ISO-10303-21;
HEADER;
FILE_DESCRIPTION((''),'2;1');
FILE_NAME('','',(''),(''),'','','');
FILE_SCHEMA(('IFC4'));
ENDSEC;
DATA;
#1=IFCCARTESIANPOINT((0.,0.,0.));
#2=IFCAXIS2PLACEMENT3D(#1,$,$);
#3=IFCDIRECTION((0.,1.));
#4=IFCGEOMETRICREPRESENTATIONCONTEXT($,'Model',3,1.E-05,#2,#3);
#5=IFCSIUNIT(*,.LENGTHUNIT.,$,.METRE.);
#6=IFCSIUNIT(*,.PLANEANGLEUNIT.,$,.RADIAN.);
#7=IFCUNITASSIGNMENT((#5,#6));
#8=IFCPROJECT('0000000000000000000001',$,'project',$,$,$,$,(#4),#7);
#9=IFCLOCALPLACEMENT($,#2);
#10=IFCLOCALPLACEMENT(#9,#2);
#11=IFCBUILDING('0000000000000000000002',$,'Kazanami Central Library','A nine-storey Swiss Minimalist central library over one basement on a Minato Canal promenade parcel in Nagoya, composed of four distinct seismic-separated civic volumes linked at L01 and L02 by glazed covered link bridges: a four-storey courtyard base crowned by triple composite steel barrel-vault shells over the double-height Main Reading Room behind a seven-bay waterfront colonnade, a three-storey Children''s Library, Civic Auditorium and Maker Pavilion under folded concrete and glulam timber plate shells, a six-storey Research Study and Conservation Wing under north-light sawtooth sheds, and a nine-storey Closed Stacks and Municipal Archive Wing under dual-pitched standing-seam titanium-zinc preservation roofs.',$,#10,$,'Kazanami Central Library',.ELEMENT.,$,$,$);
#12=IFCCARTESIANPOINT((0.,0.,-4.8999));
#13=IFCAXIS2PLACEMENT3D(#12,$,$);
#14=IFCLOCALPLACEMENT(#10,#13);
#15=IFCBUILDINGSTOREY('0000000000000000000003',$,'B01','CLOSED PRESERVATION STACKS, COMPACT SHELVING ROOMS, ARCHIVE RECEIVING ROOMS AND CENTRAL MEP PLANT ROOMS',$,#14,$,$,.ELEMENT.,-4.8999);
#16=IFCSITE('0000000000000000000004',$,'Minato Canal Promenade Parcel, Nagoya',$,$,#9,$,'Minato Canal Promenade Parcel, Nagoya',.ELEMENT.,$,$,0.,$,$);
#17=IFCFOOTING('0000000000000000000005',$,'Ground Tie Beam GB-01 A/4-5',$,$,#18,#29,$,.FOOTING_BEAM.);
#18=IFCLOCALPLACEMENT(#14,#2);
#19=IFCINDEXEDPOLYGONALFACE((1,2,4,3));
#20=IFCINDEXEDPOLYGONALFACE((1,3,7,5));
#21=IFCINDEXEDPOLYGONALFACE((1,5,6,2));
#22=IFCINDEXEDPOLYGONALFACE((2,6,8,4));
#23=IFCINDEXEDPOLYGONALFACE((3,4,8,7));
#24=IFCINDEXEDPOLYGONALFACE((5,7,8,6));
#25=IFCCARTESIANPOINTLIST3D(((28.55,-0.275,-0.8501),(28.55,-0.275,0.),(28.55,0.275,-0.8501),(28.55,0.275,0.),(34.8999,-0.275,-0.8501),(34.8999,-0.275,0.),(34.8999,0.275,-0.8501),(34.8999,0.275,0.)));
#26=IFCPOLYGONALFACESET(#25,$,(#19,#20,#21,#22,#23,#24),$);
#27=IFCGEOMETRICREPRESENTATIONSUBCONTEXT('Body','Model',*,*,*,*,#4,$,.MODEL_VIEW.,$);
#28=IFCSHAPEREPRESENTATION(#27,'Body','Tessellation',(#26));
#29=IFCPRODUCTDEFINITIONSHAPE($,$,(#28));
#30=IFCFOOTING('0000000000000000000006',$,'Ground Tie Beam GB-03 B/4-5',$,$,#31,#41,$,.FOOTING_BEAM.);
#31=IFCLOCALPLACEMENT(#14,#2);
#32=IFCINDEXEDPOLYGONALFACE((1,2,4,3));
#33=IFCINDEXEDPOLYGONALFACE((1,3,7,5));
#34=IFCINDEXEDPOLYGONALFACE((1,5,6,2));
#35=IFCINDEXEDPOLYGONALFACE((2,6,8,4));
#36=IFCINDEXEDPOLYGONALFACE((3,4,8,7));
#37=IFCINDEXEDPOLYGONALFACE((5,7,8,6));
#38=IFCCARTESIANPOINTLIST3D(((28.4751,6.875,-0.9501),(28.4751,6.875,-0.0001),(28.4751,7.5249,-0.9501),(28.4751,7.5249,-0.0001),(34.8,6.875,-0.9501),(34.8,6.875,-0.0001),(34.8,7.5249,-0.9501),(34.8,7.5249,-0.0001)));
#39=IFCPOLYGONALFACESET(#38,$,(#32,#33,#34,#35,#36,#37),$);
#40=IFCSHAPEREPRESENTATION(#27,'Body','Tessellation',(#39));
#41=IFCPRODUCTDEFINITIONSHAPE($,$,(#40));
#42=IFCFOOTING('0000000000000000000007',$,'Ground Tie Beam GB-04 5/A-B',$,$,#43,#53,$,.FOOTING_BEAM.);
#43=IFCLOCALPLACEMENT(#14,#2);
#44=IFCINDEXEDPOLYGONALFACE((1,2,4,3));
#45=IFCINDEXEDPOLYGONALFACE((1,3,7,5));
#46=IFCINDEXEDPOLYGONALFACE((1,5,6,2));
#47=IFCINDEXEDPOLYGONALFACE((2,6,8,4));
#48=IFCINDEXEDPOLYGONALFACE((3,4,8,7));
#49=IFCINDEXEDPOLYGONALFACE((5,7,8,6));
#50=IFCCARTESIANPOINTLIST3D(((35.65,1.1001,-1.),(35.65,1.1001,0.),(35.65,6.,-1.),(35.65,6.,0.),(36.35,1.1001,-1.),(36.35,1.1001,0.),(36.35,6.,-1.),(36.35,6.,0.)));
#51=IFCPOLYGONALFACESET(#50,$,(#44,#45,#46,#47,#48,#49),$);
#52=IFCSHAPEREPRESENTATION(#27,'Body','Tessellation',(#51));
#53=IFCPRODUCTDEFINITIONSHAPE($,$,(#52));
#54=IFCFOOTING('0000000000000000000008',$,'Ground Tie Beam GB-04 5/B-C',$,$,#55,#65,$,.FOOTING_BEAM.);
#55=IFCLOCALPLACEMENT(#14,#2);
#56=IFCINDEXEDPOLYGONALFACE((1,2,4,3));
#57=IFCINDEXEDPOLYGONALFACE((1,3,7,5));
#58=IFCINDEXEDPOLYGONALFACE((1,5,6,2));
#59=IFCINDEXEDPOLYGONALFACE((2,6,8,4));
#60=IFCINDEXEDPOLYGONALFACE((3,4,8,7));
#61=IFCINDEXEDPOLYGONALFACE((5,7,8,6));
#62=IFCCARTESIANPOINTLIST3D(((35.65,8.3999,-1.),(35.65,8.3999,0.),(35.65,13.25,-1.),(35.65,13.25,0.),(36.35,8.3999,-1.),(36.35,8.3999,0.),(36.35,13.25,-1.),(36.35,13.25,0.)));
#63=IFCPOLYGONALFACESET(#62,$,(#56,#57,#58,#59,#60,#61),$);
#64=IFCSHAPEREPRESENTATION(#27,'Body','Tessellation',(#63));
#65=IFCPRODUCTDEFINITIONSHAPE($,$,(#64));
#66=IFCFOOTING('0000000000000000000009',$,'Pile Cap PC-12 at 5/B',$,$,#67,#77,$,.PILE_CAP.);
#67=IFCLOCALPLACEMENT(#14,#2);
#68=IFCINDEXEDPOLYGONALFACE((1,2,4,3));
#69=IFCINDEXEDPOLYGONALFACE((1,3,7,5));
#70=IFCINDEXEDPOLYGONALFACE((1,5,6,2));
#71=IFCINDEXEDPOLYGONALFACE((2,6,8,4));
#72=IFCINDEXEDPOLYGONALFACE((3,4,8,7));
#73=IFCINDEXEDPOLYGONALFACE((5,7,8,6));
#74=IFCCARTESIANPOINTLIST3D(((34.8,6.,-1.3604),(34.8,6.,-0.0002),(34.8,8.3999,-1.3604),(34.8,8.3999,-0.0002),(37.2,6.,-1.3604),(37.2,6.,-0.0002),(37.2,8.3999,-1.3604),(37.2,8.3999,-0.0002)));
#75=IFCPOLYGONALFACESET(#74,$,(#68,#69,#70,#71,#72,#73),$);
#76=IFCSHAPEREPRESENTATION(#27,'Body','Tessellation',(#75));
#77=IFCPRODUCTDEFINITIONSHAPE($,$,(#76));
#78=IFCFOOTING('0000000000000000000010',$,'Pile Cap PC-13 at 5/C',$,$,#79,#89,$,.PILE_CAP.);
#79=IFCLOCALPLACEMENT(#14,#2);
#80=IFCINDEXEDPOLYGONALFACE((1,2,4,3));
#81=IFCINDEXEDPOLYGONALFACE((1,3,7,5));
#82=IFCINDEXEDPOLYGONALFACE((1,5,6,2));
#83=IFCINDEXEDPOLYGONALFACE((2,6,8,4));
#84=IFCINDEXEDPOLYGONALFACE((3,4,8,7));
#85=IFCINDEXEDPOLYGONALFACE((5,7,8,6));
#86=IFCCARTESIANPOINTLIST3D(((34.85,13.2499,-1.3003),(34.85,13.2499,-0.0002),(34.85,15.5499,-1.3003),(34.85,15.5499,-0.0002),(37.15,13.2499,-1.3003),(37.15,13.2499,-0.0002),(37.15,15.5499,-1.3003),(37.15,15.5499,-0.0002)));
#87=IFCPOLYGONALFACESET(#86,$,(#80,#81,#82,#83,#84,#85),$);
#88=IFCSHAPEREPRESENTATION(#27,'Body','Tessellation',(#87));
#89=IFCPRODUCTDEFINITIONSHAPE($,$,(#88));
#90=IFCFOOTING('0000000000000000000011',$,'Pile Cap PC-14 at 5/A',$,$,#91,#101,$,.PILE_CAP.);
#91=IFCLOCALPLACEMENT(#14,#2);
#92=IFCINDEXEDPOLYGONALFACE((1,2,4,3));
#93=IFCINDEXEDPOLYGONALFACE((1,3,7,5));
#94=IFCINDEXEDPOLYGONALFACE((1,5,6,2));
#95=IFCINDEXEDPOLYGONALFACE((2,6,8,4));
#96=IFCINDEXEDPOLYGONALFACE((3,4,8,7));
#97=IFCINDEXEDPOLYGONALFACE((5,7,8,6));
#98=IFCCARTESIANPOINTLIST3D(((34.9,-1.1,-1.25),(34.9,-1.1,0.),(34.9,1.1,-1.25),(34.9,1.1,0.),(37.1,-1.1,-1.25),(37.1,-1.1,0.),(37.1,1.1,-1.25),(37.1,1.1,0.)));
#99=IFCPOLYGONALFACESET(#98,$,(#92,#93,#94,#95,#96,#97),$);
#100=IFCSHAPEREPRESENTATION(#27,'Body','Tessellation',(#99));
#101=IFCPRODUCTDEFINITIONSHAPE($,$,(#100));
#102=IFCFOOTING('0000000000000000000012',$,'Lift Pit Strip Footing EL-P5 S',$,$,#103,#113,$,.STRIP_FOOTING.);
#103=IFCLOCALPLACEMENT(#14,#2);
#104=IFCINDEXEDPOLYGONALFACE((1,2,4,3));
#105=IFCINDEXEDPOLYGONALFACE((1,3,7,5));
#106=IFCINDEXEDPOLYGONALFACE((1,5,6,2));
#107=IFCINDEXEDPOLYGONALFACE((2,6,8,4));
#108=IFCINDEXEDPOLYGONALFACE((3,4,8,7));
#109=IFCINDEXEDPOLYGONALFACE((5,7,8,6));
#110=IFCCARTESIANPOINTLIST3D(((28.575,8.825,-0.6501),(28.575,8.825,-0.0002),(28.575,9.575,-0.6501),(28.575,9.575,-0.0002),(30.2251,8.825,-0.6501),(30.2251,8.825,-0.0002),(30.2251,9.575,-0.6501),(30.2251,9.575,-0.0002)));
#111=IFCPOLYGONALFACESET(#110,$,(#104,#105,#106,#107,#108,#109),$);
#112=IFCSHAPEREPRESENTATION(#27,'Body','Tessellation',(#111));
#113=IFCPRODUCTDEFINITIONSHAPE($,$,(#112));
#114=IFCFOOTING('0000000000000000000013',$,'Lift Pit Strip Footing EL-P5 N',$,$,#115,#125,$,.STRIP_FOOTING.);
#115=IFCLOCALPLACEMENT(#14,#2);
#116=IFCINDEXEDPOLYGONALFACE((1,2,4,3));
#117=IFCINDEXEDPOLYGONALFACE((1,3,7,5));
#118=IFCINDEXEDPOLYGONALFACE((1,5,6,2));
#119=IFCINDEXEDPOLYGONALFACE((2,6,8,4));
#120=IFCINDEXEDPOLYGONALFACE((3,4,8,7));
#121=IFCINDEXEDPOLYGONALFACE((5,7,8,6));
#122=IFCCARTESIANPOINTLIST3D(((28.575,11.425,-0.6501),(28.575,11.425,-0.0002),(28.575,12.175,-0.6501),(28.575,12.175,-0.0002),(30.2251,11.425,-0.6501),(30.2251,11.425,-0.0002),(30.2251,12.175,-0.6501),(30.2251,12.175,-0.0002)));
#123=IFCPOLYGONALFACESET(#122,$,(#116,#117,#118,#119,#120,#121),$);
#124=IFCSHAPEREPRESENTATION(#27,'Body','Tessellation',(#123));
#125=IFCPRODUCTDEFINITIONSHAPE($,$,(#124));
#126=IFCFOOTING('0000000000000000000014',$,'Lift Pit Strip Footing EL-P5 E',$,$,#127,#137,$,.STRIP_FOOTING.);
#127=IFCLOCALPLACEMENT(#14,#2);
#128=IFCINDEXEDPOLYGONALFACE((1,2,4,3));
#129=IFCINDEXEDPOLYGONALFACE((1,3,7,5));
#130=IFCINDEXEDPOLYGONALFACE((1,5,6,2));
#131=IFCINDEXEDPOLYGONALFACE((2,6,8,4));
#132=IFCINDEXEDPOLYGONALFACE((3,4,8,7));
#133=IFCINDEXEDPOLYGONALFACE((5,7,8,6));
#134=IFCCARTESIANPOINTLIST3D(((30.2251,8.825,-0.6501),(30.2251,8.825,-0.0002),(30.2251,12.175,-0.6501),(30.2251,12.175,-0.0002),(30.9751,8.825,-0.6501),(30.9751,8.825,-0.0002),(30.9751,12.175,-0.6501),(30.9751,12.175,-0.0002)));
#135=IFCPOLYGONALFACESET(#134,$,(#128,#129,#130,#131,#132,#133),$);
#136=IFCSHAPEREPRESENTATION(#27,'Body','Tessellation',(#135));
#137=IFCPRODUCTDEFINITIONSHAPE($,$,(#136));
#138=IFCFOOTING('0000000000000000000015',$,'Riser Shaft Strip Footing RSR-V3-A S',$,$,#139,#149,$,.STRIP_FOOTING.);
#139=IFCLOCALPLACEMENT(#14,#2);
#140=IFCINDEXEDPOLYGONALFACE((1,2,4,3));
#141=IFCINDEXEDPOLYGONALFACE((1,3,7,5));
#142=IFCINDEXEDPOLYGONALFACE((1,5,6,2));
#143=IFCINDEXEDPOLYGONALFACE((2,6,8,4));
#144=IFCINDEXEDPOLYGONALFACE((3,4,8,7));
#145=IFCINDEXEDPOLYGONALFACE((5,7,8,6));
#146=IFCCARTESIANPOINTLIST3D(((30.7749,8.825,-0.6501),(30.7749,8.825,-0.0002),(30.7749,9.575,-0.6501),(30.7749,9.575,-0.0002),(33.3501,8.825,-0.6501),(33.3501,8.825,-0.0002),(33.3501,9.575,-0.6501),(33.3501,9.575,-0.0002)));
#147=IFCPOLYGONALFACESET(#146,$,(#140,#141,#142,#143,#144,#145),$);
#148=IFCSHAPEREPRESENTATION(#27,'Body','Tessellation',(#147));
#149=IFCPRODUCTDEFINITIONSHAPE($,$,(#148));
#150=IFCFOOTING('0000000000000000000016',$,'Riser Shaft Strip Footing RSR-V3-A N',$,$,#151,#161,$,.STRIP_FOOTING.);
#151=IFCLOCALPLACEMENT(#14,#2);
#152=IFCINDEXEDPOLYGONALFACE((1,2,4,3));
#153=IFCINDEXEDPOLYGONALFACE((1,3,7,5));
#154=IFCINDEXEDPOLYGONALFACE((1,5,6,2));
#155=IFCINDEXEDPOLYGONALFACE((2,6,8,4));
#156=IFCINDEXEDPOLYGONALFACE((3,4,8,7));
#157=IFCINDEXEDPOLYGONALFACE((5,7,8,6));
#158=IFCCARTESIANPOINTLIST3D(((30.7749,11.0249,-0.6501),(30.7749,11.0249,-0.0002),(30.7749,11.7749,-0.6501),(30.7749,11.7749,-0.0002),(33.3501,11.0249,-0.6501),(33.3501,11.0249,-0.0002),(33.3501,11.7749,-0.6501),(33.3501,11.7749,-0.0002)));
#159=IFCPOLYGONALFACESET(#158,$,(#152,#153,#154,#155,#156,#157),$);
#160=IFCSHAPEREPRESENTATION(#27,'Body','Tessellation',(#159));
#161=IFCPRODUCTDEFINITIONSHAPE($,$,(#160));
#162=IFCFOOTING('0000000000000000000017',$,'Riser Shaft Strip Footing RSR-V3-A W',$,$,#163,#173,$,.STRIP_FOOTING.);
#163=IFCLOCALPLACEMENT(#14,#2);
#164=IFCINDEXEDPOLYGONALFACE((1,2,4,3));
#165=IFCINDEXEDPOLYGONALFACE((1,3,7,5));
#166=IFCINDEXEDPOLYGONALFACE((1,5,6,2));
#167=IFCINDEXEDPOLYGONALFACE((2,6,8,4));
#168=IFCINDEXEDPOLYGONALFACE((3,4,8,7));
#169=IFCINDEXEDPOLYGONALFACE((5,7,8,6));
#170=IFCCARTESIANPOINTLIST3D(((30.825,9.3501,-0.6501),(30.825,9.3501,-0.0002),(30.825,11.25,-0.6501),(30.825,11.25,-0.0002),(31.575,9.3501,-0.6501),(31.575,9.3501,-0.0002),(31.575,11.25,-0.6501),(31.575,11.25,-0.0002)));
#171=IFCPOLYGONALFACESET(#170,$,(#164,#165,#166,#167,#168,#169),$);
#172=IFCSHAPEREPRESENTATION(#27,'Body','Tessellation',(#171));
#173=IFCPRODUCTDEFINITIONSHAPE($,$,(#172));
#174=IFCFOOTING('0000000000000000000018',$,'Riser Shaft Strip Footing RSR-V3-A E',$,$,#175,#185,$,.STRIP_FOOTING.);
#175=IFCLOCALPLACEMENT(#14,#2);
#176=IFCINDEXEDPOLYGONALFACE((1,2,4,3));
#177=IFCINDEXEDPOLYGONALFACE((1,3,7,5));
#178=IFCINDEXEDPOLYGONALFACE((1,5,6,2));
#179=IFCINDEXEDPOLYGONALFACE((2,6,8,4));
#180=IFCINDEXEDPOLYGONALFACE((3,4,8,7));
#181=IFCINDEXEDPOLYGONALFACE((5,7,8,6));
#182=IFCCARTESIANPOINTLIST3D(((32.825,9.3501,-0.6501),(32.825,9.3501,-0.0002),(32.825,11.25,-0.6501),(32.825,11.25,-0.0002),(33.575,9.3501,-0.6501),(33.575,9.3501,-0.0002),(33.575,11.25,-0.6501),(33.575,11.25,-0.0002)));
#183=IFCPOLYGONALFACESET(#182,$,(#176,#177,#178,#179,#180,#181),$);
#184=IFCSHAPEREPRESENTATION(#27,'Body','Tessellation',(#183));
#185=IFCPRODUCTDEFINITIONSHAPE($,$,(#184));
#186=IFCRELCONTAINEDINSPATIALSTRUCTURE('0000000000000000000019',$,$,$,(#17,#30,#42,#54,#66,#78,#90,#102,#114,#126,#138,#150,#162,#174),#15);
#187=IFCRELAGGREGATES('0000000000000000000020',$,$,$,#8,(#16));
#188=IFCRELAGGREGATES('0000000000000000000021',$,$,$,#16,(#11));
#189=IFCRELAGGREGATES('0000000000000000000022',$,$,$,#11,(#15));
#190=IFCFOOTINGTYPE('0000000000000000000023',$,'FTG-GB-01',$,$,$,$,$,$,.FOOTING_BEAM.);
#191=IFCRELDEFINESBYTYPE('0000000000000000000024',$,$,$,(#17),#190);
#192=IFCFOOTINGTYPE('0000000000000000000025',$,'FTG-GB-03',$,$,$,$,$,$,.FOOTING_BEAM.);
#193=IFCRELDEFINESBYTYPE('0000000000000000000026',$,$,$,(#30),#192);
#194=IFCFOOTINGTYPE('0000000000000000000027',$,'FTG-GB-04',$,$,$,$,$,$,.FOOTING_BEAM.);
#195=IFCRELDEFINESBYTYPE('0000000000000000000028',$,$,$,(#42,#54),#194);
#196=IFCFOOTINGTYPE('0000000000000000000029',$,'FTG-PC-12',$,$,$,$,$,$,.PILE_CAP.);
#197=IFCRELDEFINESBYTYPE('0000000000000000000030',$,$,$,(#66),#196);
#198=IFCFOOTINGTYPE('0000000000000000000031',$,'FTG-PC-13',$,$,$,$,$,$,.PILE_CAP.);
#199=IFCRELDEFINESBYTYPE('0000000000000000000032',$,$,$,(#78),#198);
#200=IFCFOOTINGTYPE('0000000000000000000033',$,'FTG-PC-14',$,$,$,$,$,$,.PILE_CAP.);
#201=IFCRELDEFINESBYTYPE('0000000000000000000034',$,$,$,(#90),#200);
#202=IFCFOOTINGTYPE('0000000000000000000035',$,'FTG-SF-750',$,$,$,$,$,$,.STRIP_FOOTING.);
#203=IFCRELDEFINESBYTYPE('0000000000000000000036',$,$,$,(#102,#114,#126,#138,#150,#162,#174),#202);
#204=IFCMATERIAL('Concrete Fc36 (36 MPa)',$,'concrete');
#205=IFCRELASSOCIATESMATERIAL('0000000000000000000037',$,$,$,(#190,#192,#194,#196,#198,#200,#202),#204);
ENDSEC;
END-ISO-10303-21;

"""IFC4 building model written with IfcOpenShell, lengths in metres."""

from ifc_helpers import new_model, si_unit, direction, frame, origin, origin_2d, place, context, subcontext, project, spatial, rectangle, extrude, material, material_profile, profile_set, type_object, element, save


model = new_model("IFC4")

# Units and contexts
model_context = context("Model", 3, precision=1e-05, world=origin(), true_north=direction((0.0, 1.0)))
body_context = subcontext(model_context, "Body", "Model", "MODEL_VIEW")
ifc_project = project(units=[si_unit("LENGTHUNIT", "METRE"), si_unit("PLANEANGLEUNIT", "RADIAN")], contexts=[model_context])

# Site, building, storey
site_placement = place(None, origin())
site = spatial("IfcSite", under=ifc_project, at=site_placement, Name="Minato Canal Promenade Parcel, Nagoya", LongName="Minato Canal Promenade Parcel, Nagoya", CompositionType="ELEMENT", RefElevation=0.0)
building_placement = place(site_placement, origin())
building = spatial("IfcBuilding", under=site, at=building_placement, Name="Kazanami Central Library", Description="A nine-storey Swiss Minimalist central library over one basement on a Minato Canal promenade parcel in Nagoya, composed of four distinct seismic-separated civic volumes linked at L01 and L02 by glazed covered link bridges: a four-storey courtyard base crowned by triple composite steel barrel-vault shells over the double-height Main Reading Room behind a seven-bay waterfront colonnade, a three-storey Children's Library, Civic Auditorium and Maker Pavilion under folded concrete and glulam timber plate shells, a six-storey Research Study and Conservation Wing under north-light sawtooth sheds, and a nine-storey Closed Stacks and Municipal Archive Wing under dual-pitched standing-seam titanium-zinc preservation roofs.", LongName="Kazanami Central Library", CompositionType="ELEMENT")
storey_placement = place(building_placement, frame((0.0, 0.0, -4.8999)))
storey = spatial("IfcBuildingStorey", under=building, at=storey_placement, Name="B01", Description="CLOSED PRESERVATION STACKS, COMPACT SHELVING ROOMS, ARCHIVE RECEIVING ROOMS AND CENTRAL MEP PLANT ROOMS", CompositionType="ELEMENT", Elevation=-4.8999)

# Footings
ifc_material_1 = material(Name="Concrete Fc36 (36 MPa)", Category="concrete")
ifc_material_profile_1 = material_profile(ifc_material_1, rectangle(XDim=0.55, YDim=0.8501, at=origin_2d()), Name="RC-550x850")
ifc_profile_set_1 = profile_set([ifc_material_profile_1], Name="Concrete Fc36 (36 MPa)")
footing_type_1 = type_object("IfcFootingType", Name="FTG-GB-01", PredefinedType="FOOTING_BEAM", material=ifc_profile_set_1)
footing_1_placement = place(storey_placement, frame((28.55, 0.0, -0.425), z_axis=(1.0, 0.0, 0.0), x_axis=(0.0, 1.0, 0.0)))
element("IfcFooting", 1, at=footing_1_placement, inside=storey, type_object=footing_type_1, Name="Ground Tie Beam GB-01 A/4-5", PredefinedType="FOOTING_BEAM", context=body_context, shape_type="SweptSolid", body=[
    extrude(rectangle(XDim=0.55, YDim=0.8501, at=origin_2d()), origin(), (0.0, 0.0, 1.0), 6.3499),
])
ifc_material_profile_2 = material_profile(ifc_material_1, rectangle(XDim=0.6499, YDim=0.95, at=origin_2d()), Name="RC-650x950")
ifc_profile_set_2 = profile_set([ifc_material_profile_2], Name="Concrete Fc36 (36 MPa)")
footing_type_2 = type_object("IfcFootingType", Name="FTG-GB-03", PredefinedType="FOOTING_BEAM", material=ifc_profile_set_2)
footing_2_placement = place(storey_placement, frame((28.4751, 7.2, -0.4751), z_axis=(1.0, 0.0, 0.0), x_axis=(0.0, 1.0, 0.0)))
element("IfcFooting", 2, at=footing_2_placement, inside=storey, type_object=footing_type_2, Name="Ground Tie Beam GB-03 B/4-5", PredefinedType="FOOTING_BEAM", context=body_context, shape_type="SweptSolid", body=[
    extrude(rectangle(XDim=0.6499, YDim=0.95, at=origin_2d()), origin(), (0.0, 0.0, 1.0), 6.325),
])
ifc_material_profile_3 = material_profile(ifc_material_1, rectangle(XDim=0.7, YDim=1.0, at=origin_2d()), Name="RC-700x1000")
ifc_profile_set_3 = profile_set([ifc_material_profile_3], Name="Concrete Fc36 (36 MPa)")
footing_type_3 = type_object("IfcFootingType", Name="FTG-GB-04", PredefinedType="FOOTING_BEAM", material=ifc_profile_set_3)
footing_3_placement = place(storey_placement, frame((36.0, 1.1001, -0.5), z_axis=(0.0, 1.0, 0.0), x_axis=(-1.0, 0.0, 0.0)))
element("IfcFooting", 3, at=footing_3_placement, inside=storey, type_object=footing_type_3, Name="Ground Tie Beam GB-04 5/A-B", PredefinedType="FOOTING_BEAM", context=body_context, shape_type="SweptSolid", body=[
    extrude(rectangle(XDim=0.7, YDim=1.0, at=origin_2d()), origin(), (0.0, 0.0, 1.0), 4.8999),
])
footing_4_placement = place(storey_placement, frame((36.0, 8.3999, -0.5), z_axis=(0.0, 1.0, 0.0), x_axis=(-1.0, 0.0, 0.0)))
element("IfcFooting", 4, at=footing_4_placement, inside=storey, type_object=footing_type_3, Name="Ground Tie Beam GB-04 5/B-C", PredefinedType="FOOTING_BEAM", context=body_context, shape_type="SweptSolid", body=[
    extrude(rectangle(XDim=0.7, YDim=1.0, at=origin_2d()), origin(), (0.0, 0.0, 1.0), 4.8501),
])
footing_type_4 = type_object("IfcFootingType", Name="FTG-PC-12", PredefinedType="PILE_CAP", material=ifc_material_1)
footing_5_placement = place(storey_placement, frame((36.0, 7.2, -1.3604), z_axis=(0.0, 0.0, 1.0), x_axis=(1.0, 0.0, 0.0)))
element("IfcFooting", 5, at=footing_5_placement, inside=storey, type_object=footing_type_4, Name="Pile Cap PC-12 at 5/B", PredefinedType="PILE_CAP", context=body_context, shape_type="SweptSolid", body=[
    extrude(rectangle(XDim=2.3999, YDim=2.3999, at=origin_2d()), origin(), (0.0, 0.0, 1.0), 1.3601),
])
footing_type_5 = type_object("IfcFootingType", Name="FTG-PC-13", PredefinedType="PILE_CAP", material=ifc_material_1)
footing_6_placement = place(storey_placement, frame((36.0, 14.3999, -1.3003), z_axis=(0.0, 0.0, 1.0), x_axis=(1.0, 0.0, 0.0)))
element("IfcFooting", 6, at=footing_6_placement, inside=storey, type_object=footing_type_5, Name="Pile Cap PC-13 at 5/C", PredefinedType="PILE_CAP", context=body_context, shape_type="SweptSolid", body=[
    extrude(rectangle(XDim=2.3, YDim=2.3, at=origin_2d()), origin(), (0.0, 0.0, 1.0), 1.3),
])
footing_type_6 = type_object("IfcFootingType", Name="FTG-PC-14", PredefinedType="PILE_CAP", material=ifc_material_1)
footing_7_placement = place(storey_placement, frame((36.0, 0.0, -1.25), z_axis=(0.0, 0.0, 1.0), x_axis=(1.0, 0.0, 0.0)))
element("IfcFooting", 7, at=footing_7_placement, inside=storey, type_object=footing_type_6, Name="Pile Cap PC-14 at 5/A", PredefinedType="PILE_CAP", context=body_context, shape_type="SweptSolid", body=[
    extrude(rectangle(XDim=2.2, YDim=2.2, at=origin_2d()), origin(), (0.0, 0.0, 1.0), 1.25),
])
ifc_material_profile_4 = material_profile(ifc_material_1, rectangle(XDim=0.75, YDim=0.6499, at=origin_2d()), Name="RC-750x650")
ifc_profile_set_4 = profile_set([ifc_material_profile_4], Name="Concrete Fc36 (36 MPa)")
footing_type_7 = type_object("IfcFootingType", Name="FTG-SF-750", PredefinedType="STRIP_FOOTING", material=ifc_profile_set_4)
for number, where, z_axis, x_axis, name in (
    (8, (28.575, 9.2, -0.3252), (1.0, 0.0, 0.0), (0.0, 1.0, 0.0), "Lift Pit Strip Footing EL-P5 S"),
    (9, (28.575, 11.8, -0.3252), (1.0, 0.0, 0.0), (0.0, 1.0, 0.0), "Lift Pit Strip Footing EL-P5 N"),
):
    element("IfcFooting", number, at=place(storey_placement, frame(where, z_axis=z_axis, x_axis=x_axis)), inside=storey, type_object=footing_type_7, Name=name, PredefinedType="STRIP_FOOTING", context=body_context, shape_type="SweptSolid", body=[
        extrude(rectangle(XDim=0.75, YDim=0.6499, at=origin_2d()), origin(), (0.0, 0.0, 1.0), 1.6501),
    ])
footing_8_placement = place(storey_placement, frame((30.6001, 8.825, -0.3252), z_axis=(0.0, 1.0, 0.0), x_axis=(-1.0, 0.0, 0.0)))
element("IfcFooting", 10, at=footing_8_placement, inside=storey, type_object=footing_type_7, Name="Lift Pit Strip Footing EL-P5 E", PredefinedType="STRIP_FOOTING", context=body_context, shape_type="SweptSolid", body=[
    extrude(rectangle(XDim=0.75, YDim=0.6499, at=origin_2d()), origin(), (0.0, 0.0, 1.0), 3.3501),
])
for number, where, z_axis, x_axis, name in (
    (11, (30.7749, 9.2, -0.3252), (1.0, 0.0, 0.0), (0.0, 1.0, 0.0), "Riser Shaft Strip Footing RSR-V3-A S"),
    (12, (30.7749, 11.3999, -0.3252), (1.0, 0.0, 0.0), (0.0, 1.0, 0.0), "Riser Shaft Strip Footing RSR-V3-A N"),
):
    element("IfcFooting", number, at=place(storey_placement, frame(where, z_axis=z_axis, x_axis=x_axis)), inside=storey, type_object=footing_type_7, Name=name, PredefinedType="STRIP_FOOTING", context=body_context, shape_type="SweptSolid", body=[
        extrude(rectangle(XDim=0.75, YDim=0.6499, at=origin_2d()), origin(), (0.0, 0.0, 1.0), 2.5752),
    ])
for number, where, z_axis, x_axis, name in (
    (13, (31.2, 9.3501, -0.3252), (0.0, 1.0, 0.0), (-1.0, 0.0, 0.0), "Riser Shaft Strip Footing RSR-V3-A W"),
    (14, (33.2, 9.3501, -0.3252), (0.0, 1.0, 0.0), (-1.0, 0.0, 0.0), "Riser Shaft Strip Footing RSR-V3-A E"),
):
    element("IfcFooting", number, at=place(storey_placement, frame(where, z_axis=z_axis, x_axis=x_axis)), inside=storey, type_object=footing_type_7, Name=name, PredefinedType="STRIP_FOOTING", context=body_context, shape_type="SweptSolid", body=[
        extrude(rectangle(XDim=0.75, YDim=0.6499, at=origin_2d()), origin(), (0.0, 0.0, 1.0), 1.8999),
    ])

save(model, "model.ifc")
